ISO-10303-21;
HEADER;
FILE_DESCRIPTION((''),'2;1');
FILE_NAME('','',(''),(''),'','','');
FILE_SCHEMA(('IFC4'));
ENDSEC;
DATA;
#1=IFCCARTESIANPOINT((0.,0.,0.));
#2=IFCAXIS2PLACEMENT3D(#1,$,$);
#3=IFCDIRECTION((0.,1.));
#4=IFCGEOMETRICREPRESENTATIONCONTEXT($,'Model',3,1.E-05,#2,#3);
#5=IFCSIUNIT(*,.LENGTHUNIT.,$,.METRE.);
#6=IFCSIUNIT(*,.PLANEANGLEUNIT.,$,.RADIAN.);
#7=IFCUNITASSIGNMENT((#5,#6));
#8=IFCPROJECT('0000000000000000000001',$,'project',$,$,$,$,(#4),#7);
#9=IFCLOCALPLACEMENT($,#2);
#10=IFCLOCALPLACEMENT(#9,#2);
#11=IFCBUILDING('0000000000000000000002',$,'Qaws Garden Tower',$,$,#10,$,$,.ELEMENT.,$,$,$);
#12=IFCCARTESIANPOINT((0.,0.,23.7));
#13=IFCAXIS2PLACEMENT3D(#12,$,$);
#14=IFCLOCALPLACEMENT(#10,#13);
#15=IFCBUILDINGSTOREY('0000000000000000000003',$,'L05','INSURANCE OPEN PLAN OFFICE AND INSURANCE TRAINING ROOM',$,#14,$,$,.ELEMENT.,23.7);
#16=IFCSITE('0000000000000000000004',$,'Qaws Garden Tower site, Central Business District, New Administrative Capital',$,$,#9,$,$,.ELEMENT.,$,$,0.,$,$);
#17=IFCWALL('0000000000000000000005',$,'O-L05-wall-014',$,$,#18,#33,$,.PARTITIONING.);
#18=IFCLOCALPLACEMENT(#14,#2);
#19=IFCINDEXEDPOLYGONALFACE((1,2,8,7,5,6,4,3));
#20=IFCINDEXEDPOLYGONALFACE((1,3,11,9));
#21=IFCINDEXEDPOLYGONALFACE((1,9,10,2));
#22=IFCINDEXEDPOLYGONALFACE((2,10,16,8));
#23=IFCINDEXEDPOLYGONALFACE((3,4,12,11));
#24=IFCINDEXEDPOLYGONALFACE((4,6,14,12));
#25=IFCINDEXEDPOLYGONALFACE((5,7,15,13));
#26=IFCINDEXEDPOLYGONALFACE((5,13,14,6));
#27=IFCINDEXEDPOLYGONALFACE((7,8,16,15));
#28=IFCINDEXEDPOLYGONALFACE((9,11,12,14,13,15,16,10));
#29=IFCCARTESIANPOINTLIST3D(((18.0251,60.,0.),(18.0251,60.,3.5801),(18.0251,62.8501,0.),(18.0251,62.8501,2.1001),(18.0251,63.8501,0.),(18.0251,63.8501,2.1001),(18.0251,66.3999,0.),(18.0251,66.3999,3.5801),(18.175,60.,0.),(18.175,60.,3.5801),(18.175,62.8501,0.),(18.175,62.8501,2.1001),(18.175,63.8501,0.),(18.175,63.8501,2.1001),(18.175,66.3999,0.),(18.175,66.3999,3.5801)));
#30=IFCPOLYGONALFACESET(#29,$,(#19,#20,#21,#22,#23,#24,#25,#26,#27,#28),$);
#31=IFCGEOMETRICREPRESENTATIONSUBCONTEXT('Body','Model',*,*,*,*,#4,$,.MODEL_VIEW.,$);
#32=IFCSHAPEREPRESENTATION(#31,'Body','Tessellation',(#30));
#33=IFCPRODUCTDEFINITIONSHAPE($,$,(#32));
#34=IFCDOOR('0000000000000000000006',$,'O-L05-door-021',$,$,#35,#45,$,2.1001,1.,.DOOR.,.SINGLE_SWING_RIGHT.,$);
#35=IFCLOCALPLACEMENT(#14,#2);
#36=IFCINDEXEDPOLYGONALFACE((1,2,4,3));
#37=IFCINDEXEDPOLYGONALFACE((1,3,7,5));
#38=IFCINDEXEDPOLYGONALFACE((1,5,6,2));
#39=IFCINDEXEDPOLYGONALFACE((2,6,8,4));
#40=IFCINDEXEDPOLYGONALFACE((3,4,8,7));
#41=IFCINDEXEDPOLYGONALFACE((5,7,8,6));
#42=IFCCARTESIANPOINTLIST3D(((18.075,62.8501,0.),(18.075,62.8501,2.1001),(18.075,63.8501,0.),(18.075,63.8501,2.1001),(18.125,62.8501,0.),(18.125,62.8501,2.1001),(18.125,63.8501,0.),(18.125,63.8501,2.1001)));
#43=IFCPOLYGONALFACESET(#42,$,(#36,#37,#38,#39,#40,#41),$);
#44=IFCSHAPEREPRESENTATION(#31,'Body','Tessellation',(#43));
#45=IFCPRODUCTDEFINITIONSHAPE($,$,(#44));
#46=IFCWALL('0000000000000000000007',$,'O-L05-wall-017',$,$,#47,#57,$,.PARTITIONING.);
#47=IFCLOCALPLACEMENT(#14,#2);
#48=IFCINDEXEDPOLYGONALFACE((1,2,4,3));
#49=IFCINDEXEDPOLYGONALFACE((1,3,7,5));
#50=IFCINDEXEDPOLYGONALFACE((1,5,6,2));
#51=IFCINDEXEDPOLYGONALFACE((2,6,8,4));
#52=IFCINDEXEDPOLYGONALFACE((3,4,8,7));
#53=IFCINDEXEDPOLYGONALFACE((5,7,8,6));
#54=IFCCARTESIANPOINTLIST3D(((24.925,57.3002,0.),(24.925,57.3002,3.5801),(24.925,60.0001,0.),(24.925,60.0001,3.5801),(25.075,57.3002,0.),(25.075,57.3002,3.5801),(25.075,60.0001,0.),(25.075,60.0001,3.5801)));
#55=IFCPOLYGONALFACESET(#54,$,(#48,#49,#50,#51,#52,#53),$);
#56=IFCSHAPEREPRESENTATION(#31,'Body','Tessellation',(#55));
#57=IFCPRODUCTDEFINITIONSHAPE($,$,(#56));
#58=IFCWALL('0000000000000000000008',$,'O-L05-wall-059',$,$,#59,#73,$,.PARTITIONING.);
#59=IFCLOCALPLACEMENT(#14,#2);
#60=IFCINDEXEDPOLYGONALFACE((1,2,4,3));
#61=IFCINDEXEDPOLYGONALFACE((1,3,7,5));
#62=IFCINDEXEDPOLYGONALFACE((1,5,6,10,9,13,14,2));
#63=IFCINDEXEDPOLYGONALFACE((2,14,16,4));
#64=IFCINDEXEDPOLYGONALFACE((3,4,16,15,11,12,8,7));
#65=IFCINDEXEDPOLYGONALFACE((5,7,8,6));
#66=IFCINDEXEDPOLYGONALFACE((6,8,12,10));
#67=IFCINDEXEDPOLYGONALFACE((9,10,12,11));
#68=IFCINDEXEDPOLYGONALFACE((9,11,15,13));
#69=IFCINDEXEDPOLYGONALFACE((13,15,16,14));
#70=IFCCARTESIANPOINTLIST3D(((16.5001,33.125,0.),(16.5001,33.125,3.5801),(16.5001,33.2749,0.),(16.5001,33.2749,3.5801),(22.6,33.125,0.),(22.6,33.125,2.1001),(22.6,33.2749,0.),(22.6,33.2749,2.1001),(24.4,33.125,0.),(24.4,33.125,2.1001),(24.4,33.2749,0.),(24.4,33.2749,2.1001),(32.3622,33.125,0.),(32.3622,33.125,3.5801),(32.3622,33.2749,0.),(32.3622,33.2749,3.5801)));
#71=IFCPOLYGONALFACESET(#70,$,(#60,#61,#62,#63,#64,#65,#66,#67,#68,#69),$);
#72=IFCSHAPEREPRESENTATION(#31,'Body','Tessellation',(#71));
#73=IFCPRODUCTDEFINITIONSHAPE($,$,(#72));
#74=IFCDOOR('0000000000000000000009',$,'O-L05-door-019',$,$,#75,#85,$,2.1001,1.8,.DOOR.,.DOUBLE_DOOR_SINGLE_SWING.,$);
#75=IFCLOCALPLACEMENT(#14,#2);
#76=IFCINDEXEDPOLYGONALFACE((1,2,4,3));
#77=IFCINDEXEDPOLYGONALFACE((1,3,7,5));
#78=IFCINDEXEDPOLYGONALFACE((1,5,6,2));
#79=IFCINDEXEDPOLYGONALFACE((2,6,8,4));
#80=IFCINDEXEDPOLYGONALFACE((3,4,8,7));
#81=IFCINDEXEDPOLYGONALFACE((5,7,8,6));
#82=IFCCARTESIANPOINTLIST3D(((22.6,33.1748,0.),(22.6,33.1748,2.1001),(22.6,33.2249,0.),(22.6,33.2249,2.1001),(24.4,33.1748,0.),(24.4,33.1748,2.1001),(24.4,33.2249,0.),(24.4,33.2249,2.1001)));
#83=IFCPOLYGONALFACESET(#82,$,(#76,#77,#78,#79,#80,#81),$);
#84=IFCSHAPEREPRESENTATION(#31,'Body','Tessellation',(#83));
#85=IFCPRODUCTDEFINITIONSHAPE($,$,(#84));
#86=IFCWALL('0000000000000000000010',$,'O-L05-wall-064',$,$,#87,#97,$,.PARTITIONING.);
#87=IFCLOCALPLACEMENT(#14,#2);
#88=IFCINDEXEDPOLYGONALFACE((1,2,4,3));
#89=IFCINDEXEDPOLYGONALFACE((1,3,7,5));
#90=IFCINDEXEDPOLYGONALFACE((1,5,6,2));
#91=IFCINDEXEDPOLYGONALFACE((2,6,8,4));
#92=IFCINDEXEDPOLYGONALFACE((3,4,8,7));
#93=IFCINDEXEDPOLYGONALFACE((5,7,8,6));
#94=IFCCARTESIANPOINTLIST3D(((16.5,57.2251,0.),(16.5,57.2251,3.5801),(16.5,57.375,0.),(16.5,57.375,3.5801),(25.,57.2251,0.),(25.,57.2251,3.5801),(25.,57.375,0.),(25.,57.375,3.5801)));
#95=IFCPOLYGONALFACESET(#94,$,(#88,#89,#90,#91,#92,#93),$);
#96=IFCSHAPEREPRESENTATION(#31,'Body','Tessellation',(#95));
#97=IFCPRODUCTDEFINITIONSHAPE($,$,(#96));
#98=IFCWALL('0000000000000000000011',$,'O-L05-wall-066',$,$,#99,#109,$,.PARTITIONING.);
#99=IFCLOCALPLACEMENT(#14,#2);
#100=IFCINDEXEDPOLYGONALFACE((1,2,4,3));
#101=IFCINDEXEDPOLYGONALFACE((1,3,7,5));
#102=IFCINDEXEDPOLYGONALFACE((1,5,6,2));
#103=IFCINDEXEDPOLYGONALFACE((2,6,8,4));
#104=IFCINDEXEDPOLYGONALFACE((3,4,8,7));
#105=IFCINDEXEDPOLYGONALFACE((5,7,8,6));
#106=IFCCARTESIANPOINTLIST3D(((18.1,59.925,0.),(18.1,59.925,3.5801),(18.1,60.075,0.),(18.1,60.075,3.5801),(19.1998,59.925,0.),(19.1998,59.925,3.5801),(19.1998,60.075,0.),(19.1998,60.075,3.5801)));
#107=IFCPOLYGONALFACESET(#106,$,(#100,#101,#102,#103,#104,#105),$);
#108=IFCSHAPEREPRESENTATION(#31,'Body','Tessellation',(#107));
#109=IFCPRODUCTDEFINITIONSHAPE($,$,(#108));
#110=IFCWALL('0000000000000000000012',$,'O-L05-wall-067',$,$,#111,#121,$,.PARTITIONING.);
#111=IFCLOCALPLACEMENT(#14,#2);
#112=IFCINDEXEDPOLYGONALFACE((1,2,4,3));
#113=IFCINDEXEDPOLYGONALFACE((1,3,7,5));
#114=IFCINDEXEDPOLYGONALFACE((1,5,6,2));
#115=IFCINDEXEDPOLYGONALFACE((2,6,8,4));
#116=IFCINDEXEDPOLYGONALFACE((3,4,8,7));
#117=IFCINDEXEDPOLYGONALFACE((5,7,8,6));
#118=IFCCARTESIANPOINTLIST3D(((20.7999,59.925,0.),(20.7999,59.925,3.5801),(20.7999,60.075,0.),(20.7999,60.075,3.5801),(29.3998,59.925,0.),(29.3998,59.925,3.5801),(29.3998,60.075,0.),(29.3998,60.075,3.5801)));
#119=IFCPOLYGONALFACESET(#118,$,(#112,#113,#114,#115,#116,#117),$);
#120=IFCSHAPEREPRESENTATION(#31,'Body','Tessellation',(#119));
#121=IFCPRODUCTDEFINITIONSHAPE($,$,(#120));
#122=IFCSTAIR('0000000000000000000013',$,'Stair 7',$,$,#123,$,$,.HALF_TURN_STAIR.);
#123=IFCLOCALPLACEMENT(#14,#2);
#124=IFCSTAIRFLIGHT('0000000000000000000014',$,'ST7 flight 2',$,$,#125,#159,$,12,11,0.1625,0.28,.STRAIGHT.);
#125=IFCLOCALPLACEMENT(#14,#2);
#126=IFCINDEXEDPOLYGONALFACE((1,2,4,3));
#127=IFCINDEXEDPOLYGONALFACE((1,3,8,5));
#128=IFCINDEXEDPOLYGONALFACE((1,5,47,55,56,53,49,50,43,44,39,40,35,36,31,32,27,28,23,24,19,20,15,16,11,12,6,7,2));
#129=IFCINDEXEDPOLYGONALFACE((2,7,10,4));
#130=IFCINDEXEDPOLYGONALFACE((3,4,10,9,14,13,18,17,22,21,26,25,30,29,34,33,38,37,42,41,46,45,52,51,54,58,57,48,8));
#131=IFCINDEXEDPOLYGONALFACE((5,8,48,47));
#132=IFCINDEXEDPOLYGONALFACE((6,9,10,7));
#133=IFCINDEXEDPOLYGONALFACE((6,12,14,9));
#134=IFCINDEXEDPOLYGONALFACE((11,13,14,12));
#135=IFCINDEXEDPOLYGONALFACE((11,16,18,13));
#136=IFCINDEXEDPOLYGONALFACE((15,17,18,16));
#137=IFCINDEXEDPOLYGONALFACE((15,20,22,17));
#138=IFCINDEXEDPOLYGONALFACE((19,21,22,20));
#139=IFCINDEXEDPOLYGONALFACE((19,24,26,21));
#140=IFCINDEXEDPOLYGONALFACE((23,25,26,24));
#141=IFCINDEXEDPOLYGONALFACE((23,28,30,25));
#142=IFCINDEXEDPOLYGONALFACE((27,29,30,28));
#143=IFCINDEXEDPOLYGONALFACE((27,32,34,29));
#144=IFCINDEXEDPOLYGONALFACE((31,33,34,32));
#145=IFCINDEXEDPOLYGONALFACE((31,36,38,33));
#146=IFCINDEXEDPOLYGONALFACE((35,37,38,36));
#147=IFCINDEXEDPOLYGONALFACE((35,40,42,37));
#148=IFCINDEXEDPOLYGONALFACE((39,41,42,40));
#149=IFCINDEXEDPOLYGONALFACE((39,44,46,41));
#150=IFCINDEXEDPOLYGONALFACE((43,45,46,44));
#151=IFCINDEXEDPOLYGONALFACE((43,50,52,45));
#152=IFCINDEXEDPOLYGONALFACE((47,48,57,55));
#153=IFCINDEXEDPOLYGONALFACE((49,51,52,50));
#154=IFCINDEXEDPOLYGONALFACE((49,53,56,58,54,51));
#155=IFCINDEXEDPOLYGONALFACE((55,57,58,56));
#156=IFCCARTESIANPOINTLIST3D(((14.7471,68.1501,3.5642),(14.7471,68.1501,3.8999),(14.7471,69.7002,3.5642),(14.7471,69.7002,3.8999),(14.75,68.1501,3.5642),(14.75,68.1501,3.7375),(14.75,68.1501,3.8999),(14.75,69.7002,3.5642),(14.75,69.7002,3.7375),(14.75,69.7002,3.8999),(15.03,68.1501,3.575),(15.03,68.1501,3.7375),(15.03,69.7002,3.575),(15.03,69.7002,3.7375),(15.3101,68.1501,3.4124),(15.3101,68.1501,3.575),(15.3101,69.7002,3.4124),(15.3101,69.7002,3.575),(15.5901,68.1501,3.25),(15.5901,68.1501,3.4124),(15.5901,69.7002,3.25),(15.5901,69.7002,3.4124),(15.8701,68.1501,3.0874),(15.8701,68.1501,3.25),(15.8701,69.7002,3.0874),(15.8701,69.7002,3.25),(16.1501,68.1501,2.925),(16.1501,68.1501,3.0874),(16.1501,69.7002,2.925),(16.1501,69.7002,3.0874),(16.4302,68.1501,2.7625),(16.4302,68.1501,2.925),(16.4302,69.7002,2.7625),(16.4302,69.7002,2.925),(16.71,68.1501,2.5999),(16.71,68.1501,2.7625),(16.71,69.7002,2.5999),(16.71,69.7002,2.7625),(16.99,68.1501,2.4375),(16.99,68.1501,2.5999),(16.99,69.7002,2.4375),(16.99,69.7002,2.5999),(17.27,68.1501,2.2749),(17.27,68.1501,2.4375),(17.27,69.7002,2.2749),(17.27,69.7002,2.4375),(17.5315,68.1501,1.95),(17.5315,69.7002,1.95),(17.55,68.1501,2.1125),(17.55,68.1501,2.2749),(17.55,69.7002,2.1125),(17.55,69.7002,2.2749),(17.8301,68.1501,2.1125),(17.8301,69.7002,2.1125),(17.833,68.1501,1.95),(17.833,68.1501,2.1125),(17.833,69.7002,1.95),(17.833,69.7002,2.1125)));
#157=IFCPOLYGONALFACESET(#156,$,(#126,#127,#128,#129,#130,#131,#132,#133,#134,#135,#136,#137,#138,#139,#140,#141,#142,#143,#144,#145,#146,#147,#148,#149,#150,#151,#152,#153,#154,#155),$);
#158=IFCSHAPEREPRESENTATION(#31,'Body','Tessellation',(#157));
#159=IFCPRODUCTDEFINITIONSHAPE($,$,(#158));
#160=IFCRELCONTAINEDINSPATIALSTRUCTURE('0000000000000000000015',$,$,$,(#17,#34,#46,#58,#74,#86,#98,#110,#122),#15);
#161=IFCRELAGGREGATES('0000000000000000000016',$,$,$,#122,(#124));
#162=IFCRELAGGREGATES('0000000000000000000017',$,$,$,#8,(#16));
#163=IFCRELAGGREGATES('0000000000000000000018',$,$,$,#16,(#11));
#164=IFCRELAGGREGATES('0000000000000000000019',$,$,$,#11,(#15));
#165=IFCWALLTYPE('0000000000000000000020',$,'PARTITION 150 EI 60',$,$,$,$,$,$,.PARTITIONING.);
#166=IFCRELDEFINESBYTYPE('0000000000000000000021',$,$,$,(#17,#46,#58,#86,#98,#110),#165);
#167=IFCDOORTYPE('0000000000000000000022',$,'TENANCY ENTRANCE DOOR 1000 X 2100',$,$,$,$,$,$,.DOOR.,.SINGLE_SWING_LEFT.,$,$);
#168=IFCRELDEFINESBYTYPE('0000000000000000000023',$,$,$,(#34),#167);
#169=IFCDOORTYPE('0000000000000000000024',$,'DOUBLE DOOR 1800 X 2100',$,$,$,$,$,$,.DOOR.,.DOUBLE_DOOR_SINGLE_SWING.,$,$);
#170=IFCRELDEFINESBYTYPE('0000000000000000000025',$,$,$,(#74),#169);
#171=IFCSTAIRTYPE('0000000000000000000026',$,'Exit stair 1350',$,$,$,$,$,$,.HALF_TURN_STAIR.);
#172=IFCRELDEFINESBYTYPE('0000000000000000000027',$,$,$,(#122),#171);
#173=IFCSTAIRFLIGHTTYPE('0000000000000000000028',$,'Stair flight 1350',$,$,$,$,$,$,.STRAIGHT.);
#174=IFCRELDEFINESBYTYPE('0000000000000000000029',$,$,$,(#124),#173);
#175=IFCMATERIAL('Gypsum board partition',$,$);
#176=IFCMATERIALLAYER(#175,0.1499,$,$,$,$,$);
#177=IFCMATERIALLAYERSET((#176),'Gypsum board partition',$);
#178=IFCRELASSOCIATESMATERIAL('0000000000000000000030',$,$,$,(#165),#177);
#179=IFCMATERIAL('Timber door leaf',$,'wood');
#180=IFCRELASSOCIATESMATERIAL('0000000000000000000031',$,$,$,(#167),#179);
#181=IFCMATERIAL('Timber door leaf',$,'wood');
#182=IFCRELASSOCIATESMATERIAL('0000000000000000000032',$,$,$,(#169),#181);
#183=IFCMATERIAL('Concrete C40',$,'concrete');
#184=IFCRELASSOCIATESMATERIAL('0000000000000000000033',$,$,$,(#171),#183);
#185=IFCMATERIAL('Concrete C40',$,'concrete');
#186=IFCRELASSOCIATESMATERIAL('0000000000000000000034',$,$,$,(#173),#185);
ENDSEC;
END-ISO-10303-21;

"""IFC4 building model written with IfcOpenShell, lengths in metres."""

from ifc_helpers import new_model, si_unit, direction, frame, frame_2d, origin, place, context, subcontext, project, spatial, polyline, rectangle, outline, extrude, material, layer, layer_set, type_object, element, fill, aggregate, save


model = new_model("IFC4")

# Units and contexts
model_context = context("Model", 3, precision=1e-05, world=origin(), true_north=direction((0.0, 1.0)))
body_context = subcontext(model_context, "Body", "Model", "MODEL_VIEW")
ifc_project = project(units=[si_unit("LENGTHUNIT", "METRE"), si_unit("PLANEANGLEUNIT", "RADIAN")], contexts=[model_context])

# Site, building, storey
site_placement = place(None, origin())
site = spatial("IfcSite", under=ifc_project, at=site_placement, Name="Qaws Garden Tower site, Central Business District, New Administrative Capital", CompositionType="ELEMENT", RefElevation=0.0)
building_placement = place(site_placement, origin())
building = spatial("IfcBuilding", under=site, at=building_placement, Name="Qaws Garden Tower", CompositionType="ELEMENT")
storey_placement = place(building_placement, frame((0.0, 0.0, 23.7)))
storey = spatial("IfcBuildingStorey", under=building, at=storey_placement, Name="L05", Description="INSURANCE OPEN PLAN OFFICE AND INSURANCE TRAINING ROOM", CompositionType="ELEMENT", Elevation=23.7)

# Shared definitions
ifc_material_1 = material(Name="Gypsum board partition")
ifc_layer_1 = layer(ifc_material_1, 0.1499)
ifc_layer_set_1 = layer_set([ifc_layer_1], Name="Gypsum board partition")
wall_type_1 = type_object("IfcWallType", Name="PARTITION 150 EI 60", PredefinedType="PARTITIONING", material=ifc_layer_set_1)

# Wall, opening, door
wall_1_placement = place(storey_placement, frame((18.1001, 60.0, 0.0), z_axis=(0.0, 0.0, 1.0), x_axis=(0.0, 1.0, 0.0)))
wall_1 = element("IfcWall", 1, at=wall_1_placement, inside=storey, type_object=wall_type_1, Name="O-L05-wall-014", PredefinedType="PARTITIONING", context=body_context, shape_type="SweptSolid", body=[
    extrude(rectangle(XDim=6.3999, YDim=0.1499, at=frame_2d((3.2, 0.0))), origin(), (0.0, 0.0, 1.0), 3.5801),
])
opening_1_placement = place(wall_1_placement, frame((2.8501, 0.0, 0.0)))
opening_1 = element("IfcOpeningElement", 2, at=opening_1_placement, cuts=wall_1, PredefinedType="OPENING", context=body_context, shape_type="SweptSolid", body=[
    extrude(rectangle(XDim=1.0, YDim=2.1001, at=frame_2d((0.5, 1.05))), frame((0.0, 0.085, 0.0), z_axis=(0.0, -1.0, 0.0), x_axis=(1.0, 0.0, 0.0)), (0.0, 0.0, 1.0), 0.1699),
])
ifc_material_2 = material(Name="Timber door leaf", Category="wood")
door_type_1 = type_object("IfcDoorType", Name="TENANCY ENTRANCE DOOR 1000 X 2100", OperationType="SINGLE_SWING_LEFT", PredefinedType="DOOR", material=ifc_material_2)
door_1_placement = place(opening_1_placement, frame((1.0, 0.0, 0.0), z_axis=(0.0, 0.0, 1.0), x_axis=(-1.0, 0.0, 0.0)))
door_1 = element("IfcDoor", 3, at=door_1_placement, inside=storey, type_object=door_type_1, Name="O-L05-door-021", OperationType="SINGLE_SWING_RIGHT", OverallHeight=2.1001, OverallWidth=1.0, PredefinedType="DOOR", context=body_context, shape_type="SweptSolid", body=[
    extrude(rectangle(XDim=1.0, YDim=2.1001, at=frame_2d((0.5, 1.05))), frame((0.0, 0.0249, 0.0), z_axis=(0.0, -1.0, 0.0), x_axis=(1.0, 0.0, 0.0)), (0.0, 0.0, 1.0), 0.05),
])
fill(opening_1, door_1)

# Wall
wall_2_placement = place(storey_placement, frame((25.0, 57.3, 0.0), z_axis=(0.0, 0.0, 1.0), x_axis=(0.0, 1.0, 0.0)))
element("IfcWall", 4, at=wall_2_placement, inside=storey, type_object=wall_type_1, Name="O-L05-wall-017", PredefinedType="PARTITIONING", context=body_context, shape_type="SweptSolid", body=[
    extrude(rectangle(XDim=2.7, YDim=0.1499, at=frame_2d((1.3501, 0.0))), origin(), (0.0, 0.0, 1.0), 3.5801),
])

# Wall, opening, door
wall_3_placement = place(storey_placement, frame((16.5, 33.2, 0.0), z_axis=(0.0, 0.0, 1.0), x_axis=(1.0, 0.0, 0.0)))
wall_3 = element("IfcWall", 5, at=wall_3_placement, inside=storey, type_object=wall_type_1, Name="O-L05-wall-059", PredefinedType="PARTITIONING", context=body_context, shape_type="SweptSolid", body=[
    extrude(rectangle(XDim=15.8621, YDim=0.1499, at=frame_2d((7.9312, 0.0))), origin(), (0.0, 0.0, 1.0), 3.5801),
])
opening_2_placement = place(wall_3_placement, frame((6.1001, 0.0, 0.0)))
opening_2 = element("IfcOpeningElement", 6, at=opening_2_placement, cuts=wall_3, PredefinedType="OPENING", context=body_context, shape_type="SweptSolid", body=[
    extrude(rectangle(XDim=1.8, YDim=2.1001, at=frame_2d((0.8999, 1.05))), frame((0.0, 0.085, 0.0), z_axis=(0.0, -1.0, 0.0), x_axis=(1.0, 0.0, 0.0)), (0.0, 0.0, 1.0), 0.1699),
])
ifc_material_3 = material(Name="Timber door leaf", Category="wood")
door_type_2 = type_object("IfcDoorType", Name="DOUBLE DOOR 1800 X 2100", OperationType="DOUBLE_DOOR_SINGLE_SWING", PredefinedType="DOOR", material=ifc_material_3)
door_2_placement = place(opening_2_placement, origin())
door_2 = element("IfcDoor", 7, at=door_2_placement, inside=storey, type_object=door_type_2, Name="O-L05-door-019", OperationType="DOUBLE_DOOR_SINGLE_SWING", OverallHeight=2.1001, OverallWidth=1.8, PredefinedType="DOOR", context=body_context, shape_type="SweptSolid", body=[
    extrude(rectangle(XDim=1.8, YDim=2.1001, at=frame_2d((0.8999, 1.05))), frame((0.0, 0.0249, 0.0), z_axis=(0.0, -1.0, 0.0), x_axis=(1.0, 0.0, 0.0)), (0.0, 0.0, 1.0), 0.05),
])
fill(opening_2, door_2)

# Walls
wall_4_placement = place(storey_placement, frame((16.5, 57.3, 0.0), z_axis=(0.0, 0.0, 1.0), x_axis=(1.0, 0.0, 0.0)))
element("IfcWall", 8, at=wall_4_placement, inside=storey, type_object=wall_type_1, Name="O-L05-wall-064", PredefinedType="PARTITIONING", context=body_context, shape_type="SweptSolid", body=[
    extrude(rectangle(XDim=8.5, YDim=0.1499, at=frame_2d((4.25, 0.0))), origin(), (0.0, 0.0, 1.0), 3.5801),
])
wall_5_placement = place(storey_placement, frame((18.1001, 60.0, 0.0), z_axis=(0.0, 0.0, 1.0), x_axis=(1.0, 0.0, 0.0)))
element("IfcWall", 9, at=wall_5_placement, inside=storey, type_object=wall_type_1, Name="O-L05-wall-066", PredefinedType="PARTITIONING", context=body_context, shape_type="SweptSolid", body=[
    extrude(rectangle(XDim=1.0999, YDim=0.1499, at=frame_2d((0.5498, 0.0))), origin(), (0.0, 0.0, 1.0), 3.5801),
])
wall_6_placement = place(storey_placement, frame((20.8, 60.0, 0.0), z_axis=(0.0, 0.0, 1.0), x_axis=(1.0, 0.0, 0.0)))
element("IfcWall", 10, at=wall_6_placement, inside=storey, type_object=wall_type_1, Name="O-L05-wall-067", PredefinedType="PARTITIONING", context=body_context, shape_type="SweptSolid", body=[
    extrude(rectangle(XDim=8.5999, YDim=0.1499, at=frame_2d((4.2998, 0.0))), origin(), (0.0, 0.0, 1.0), 3.5801),
])

# Stair, stair flight
ifc_material_4 = material(Name="Concrete C40", Category="concrete")
stair_type = type_object("IfcStairType", Name="Exit stair 1350", PredefinedType="HALF_TURN_STAIR", material=ifc_material_4)
stair_placement = place(storey_placement, origin())
stair = element("IfcStair", 11, at=stair_placement, inside=storey, type_object=stair_type, Name="Stair 7", PredefinedType="HALF_TURN_STAIR")
ifc_material_5 = material(Name="Concrete C40", Category="concrete")
stair_flight_type = type_object("IfcStairFlightType", Name="Stair flight 1350", PredefinedType="STRAIGHT", material=ifc_material_5)
stair_flight_placement = place(storey_placement, frame((17.8301, 68.925, 1.95), z_axis=(0.0, 0.0, 1.0), x_axis=(-1.0, 0.0, 0.0)))
stair_flight = element("IfcStairFlight", 12, at=stair_flight_placement, type_object=stair_flight_type, Name="ST7 flight 2", NumberOfRisers=12, NumberOfTreads=11, PredefinedType="STRAIGHT", RiserHeight=0.1625, TreadLength=0.28, context=body_context, shape_type="SweptSolid", body=[
    extrude(outline(polyline([(-0.0029, 0.0), (-0.0029, 0.1626), (0.0, 0.1626), (0.28, 0.1626), (0.28, 0.325), (0.5601, 0.325), (0.5601, 0.4875), (0.8401, 0.4875), (0.8401, 0.6499), (1.1201, 0.6499), (1.1201, 0.8125), (1.3999, 0.8125), (1.3999, 0.9751), (1.6799, 0.9751), (1.6799, 1.1375), (1.96, 1.1375), (1.96, 1.3), (2.24, 1.3), (2.24, 1.4624), (2.52, 1.4624), (2.52, 1.625), (2.8, 1.625), (2.8, 1.7876), (3.0801, 1.7876), (3.0801, 1.95), (3.083, 1.95), (3.083, 1.6143), (3.0801, 1.6143), (0.2986, 0.0), (-0.0029, 0.0)])), frame((0.0, 0.7749, 0.0), z_axis=(0.0, -1.0, 0.0), x_axis=(1.0, 0.0, 0.0)), (0.0, 0.0, 1.0), 1.55),
])
aggregate(stair, [stair_flight])

save(model, "model.ifc")
